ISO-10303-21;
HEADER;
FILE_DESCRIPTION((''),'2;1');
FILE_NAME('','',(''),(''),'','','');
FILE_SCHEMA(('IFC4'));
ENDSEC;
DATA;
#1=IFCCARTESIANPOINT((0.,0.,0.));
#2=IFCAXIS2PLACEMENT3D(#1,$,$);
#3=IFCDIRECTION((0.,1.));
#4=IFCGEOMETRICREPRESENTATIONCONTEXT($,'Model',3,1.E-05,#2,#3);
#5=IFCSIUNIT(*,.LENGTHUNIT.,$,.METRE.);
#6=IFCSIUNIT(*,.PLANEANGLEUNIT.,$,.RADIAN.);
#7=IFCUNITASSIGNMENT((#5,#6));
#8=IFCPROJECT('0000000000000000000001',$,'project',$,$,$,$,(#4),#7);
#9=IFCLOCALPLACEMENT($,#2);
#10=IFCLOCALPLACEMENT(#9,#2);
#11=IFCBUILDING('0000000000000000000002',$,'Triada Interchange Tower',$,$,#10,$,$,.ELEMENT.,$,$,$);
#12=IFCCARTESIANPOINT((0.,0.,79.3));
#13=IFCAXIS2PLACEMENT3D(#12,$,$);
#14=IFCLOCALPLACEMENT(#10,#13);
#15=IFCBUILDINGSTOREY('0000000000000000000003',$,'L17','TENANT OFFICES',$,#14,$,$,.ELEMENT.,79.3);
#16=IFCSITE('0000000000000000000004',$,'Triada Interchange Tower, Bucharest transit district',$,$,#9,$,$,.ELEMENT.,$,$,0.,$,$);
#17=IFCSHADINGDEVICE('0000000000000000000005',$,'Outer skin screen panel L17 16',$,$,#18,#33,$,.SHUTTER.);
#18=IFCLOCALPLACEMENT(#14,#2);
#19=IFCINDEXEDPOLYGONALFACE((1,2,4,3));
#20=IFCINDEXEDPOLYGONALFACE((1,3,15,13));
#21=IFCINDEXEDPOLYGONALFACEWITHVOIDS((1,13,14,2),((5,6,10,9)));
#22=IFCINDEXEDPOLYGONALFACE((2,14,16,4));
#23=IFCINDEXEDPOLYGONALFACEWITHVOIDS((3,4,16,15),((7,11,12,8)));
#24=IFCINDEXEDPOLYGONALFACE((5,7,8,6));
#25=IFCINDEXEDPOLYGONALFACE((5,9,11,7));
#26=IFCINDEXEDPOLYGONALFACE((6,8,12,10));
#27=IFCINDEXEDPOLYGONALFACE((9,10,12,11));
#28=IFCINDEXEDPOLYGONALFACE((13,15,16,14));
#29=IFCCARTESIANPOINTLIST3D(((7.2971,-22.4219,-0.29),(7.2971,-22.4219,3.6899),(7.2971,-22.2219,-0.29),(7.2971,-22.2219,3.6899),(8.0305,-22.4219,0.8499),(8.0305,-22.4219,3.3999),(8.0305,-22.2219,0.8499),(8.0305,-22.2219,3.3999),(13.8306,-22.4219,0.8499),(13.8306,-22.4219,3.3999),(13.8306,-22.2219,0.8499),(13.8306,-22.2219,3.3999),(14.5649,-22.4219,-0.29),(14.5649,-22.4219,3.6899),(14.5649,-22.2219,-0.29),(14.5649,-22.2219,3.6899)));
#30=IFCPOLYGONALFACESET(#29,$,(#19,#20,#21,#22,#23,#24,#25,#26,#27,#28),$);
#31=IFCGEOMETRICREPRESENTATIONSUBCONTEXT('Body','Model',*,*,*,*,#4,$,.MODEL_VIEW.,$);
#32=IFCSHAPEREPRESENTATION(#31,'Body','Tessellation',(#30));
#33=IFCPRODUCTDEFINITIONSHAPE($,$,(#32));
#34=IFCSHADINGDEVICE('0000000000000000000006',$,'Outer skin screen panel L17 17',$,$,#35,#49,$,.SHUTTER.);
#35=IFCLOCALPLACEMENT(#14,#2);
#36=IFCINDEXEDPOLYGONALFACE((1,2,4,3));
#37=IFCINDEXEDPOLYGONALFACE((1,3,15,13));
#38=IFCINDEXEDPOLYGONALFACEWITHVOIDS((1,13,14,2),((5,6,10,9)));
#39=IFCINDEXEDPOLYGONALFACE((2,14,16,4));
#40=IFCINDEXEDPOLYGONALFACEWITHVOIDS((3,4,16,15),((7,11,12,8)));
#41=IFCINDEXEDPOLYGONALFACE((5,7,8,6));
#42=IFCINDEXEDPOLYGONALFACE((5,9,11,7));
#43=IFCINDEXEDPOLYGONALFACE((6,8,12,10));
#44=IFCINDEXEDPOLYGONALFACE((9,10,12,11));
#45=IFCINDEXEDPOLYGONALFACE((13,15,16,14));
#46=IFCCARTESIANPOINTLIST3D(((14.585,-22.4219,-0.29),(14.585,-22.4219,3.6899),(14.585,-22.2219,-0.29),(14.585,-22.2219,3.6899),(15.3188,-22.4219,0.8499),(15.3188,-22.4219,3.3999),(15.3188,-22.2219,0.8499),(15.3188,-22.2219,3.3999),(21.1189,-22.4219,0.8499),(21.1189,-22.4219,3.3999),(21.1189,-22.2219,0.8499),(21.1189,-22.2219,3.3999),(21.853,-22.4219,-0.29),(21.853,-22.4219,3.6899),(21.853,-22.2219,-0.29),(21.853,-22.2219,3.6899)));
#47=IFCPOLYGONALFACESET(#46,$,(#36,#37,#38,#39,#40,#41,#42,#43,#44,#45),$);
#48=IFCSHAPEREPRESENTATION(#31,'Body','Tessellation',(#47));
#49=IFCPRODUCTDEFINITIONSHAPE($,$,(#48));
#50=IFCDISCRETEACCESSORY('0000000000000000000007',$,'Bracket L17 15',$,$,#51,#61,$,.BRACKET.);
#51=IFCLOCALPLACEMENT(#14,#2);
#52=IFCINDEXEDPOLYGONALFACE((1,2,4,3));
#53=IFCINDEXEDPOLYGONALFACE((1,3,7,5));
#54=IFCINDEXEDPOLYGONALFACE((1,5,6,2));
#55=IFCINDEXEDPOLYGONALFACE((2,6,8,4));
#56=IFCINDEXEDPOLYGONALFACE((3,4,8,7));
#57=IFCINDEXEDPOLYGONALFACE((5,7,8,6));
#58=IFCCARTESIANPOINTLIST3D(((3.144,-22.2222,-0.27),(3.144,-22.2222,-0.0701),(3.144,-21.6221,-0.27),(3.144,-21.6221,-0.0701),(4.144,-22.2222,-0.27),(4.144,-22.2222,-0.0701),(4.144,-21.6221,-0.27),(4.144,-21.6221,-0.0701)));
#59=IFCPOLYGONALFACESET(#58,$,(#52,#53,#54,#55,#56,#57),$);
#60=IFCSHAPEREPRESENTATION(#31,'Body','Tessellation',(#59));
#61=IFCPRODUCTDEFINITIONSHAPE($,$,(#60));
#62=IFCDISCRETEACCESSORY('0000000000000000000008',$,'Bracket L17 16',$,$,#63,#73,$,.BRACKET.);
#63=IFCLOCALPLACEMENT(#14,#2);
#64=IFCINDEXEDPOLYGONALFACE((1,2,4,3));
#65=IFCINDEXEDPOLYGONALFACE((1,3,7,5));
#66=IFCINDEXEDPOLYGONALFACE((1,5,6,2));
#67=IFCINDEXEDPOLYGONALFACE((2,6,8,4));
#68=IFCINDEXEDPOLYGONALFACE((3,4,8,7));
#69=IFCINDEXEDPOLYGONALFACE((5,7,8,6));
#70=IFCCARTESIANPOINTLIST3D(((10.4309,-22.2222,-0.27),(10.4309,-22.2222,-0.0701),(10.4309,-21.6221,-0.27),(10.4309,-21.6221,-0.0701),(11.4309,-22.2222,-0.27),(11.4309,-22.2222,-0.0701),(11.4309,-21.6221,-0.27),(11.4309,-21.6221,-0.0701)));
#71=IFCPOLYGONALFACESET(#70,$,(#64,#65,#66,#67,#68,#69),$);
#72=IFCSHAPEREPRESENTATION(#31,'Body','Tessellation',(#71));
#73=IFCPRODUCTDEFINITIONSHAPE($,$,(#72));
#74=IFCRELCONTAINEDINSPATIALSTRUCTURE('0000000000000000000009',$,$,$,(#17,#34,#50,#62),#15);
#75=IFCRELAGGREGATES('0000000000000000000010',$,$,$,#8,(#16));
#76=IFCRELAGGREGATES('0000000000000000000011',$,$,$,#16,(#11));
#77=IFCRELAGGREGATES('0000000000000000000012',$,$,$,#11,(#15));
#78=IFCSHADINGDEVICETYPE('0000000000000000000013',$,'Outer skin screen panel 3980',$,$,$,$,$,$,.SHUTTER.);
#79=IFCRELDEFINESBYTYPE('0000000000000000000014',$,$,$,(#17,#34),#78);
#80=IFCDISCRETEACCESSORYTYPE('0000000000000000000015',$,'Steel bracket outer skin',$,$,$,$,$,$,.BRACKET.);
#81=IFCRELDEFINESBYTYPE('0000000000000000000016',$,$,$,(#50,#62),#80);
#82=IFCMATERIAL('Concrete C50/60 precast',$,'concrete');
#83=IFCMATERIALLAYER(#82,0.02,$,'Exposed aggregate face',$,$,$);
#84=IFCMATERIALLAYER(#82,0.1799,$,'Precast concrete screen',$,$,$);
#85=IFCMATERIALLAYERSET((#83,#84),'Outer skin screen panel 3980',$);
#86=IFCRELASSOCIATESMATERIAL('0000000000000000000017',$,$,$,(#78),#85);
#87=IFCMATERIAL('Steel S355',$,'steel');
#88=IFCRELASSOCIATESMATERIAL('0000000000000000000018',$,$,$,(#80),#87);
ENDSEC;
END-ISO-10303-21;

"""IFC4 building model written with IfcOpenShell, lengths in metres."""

from ifc_helpers import new_model, si_unit, direction, frame, origin, origin_2d, place, context, subcontext, project, spatial, polyline, rectangle, outline, extrude, material, layer, layer_set, type_object, element, save


model = new_model("IFC4")

# Units and contexts
model_context = context("Model", 3, precision=1e-05, world=origin(), true_north=direction((0.0, 1.0)))
body_context = subcontext(model_context, "Body", "Model", "MODEL_VIEW")
ifc_project = project(units=[si_unit("LENGTHUNIT", "METRE"), si_unit("PLANEANGLEUNIT", "RADIAN")], contexts=[model_context])

# Site, building, storey
site_placement = place(None, origin())
site = spatial("IfcSite", under=ifc_project, at=site_placement, Name="Triada Interchange Tower, Bucharest transit district", CompositionType="ELEMENT", RefElevation=0.0)
building_placement = place(site_placement, origin())
building = spatial("IfcBuilding", under=site, at=building_placement, Name="Triada Interchange Tower", CompositionType="ELEMENT")
storey_placement = place(building_placement, frame((0.0, 0.0, 79.3)))
storey = spatial("IfcBuildingStorey", under=building, at=storey_placement, Name="L17", Description="TENANT OFFICES", CompositionType="ELEMENT", Elevation=79.3)

# Shading devices
ifc_material_1 = material(Name="Concrete C50/60 precast", Category="concrete")
ifc_layer_1 = layer(ifc_material_1, 0.02, Name="Exposed aggregate face")
ifc_layer_2 = layer(ifc_material_1, 0.1799, Name="Precast concrete screen")
ifc_layer_set_1 = layer_set([ifc_layer_1, ifc_layer_2], Name="Outer skin screen panel 3980")
shading_device_type = type_object("IfcShadingDeviceType", Name="Outer skin screen panel 3980", PredefinedType="SHUTTER", material=ifc_layer_set_1)
shading_device_1_placement = place(storey_placement, frame((7.2971, -22.2219, -0.29), z_axis=(0.0, 0.0, 1.0), x_axis=(1.0, 0.0, 0.0)))
element("IfcShadingDevice", 1, at=shading_device_1_placement, inside=storey, type_object=shading_device_type, Name="Outer skin screen panel L17 16", PredefinedType="SHUTTER", context=body_context, shape_type="SweptSolid", body=[
    extrude(outline(polyline([(0.0, 0.0), (7.2678, 0.0), (7.2678, 3.98), (0.0, 3.98), (0.0, 0.0)]), holes=[polyline([(0.7334, 1.1399), (0.7334, 3.6899), (6.5334, 3.6899), (6.5334, 1.1399), (0.7334, 1.1399)])]), frame((0.0, 0.0, 0.0), z_axis=(0.0, -1.0, 0.0), x_axis=(1.0, 0.0, 0.0)), (0.0, 0.0, 1.0), 0.2),
])
shading_device_2_placement = place(storey_placement, frame((14.585, -22.2219, -0.29), z_axis=(0.0, 0.0, 1.0), x_axis=(1.0, 0.0, 0.0)))
element("IfcShadingDevice", 2, at=shading_device_2_placement, inside=storey, type_object=shading_device_type, Name="Outer skin screen panel L17 17", PredefinedType="SHUTTER", context=body_context, shape_type="SweptSolid", body=[
    extrude(outline(polyline([(0.0, 0.0), (7.2681, 0.0), (7.2681, 3.98), (0.0, 3.98), (0.0, 0.0)]), holes=[polyline([(0.7339, 1.1399), (0.7339, 3.6899), (6.5339, 3.6899), (6.5339, 1.1399), (0.7339, 1.1399)])]), frame((0.0, 0.0, 0.0), z_axis=(0.0, -1.0, 0.0), x_axis=(1.0, 0.0, 0.0)), (0.0, 0.0, 1.0), 0.2),
])

# Discrete accessories
ifc_material_2 = material(Name="Steel S355", Category="steel")
discrete_accessory_type = type_object("IfcDiscreteAccessoryType", Name="Steel bracket outer skin", PredefinedType="BRACKET", material=ifc_material_2)
for number, where, z_axis, x_axis, name in (
    (3, (3.644, -21.9221, -0.27), (0.0, 0.0, 1.0), (0.0, -1.0, 0.0), "Bracket L17 15"),
    (4, (10.9309, -21.9221, -0.27), (0.0, 0.0, 1.0), (0.0, -1.0, 0.0), "Bracket L17 16"),
):
    element("IfcDiscreteAccessory", number, at=place(storey_placement, frame(where, z_axis=z_axis, x_axis=x_axis)), inside=storey, type_object=discrete_accessory_type, Name=name, PredefinedType="BRACKET", context=body_context, shape_type="SweptSolid", body=[
        extrude(rectangle(XDim=0.6001, YDim=1.0, at=origin_2d()), origin(), (0.0, 0.0, 1.0), 0.2),
    ])

save(model, "model.ifc")
